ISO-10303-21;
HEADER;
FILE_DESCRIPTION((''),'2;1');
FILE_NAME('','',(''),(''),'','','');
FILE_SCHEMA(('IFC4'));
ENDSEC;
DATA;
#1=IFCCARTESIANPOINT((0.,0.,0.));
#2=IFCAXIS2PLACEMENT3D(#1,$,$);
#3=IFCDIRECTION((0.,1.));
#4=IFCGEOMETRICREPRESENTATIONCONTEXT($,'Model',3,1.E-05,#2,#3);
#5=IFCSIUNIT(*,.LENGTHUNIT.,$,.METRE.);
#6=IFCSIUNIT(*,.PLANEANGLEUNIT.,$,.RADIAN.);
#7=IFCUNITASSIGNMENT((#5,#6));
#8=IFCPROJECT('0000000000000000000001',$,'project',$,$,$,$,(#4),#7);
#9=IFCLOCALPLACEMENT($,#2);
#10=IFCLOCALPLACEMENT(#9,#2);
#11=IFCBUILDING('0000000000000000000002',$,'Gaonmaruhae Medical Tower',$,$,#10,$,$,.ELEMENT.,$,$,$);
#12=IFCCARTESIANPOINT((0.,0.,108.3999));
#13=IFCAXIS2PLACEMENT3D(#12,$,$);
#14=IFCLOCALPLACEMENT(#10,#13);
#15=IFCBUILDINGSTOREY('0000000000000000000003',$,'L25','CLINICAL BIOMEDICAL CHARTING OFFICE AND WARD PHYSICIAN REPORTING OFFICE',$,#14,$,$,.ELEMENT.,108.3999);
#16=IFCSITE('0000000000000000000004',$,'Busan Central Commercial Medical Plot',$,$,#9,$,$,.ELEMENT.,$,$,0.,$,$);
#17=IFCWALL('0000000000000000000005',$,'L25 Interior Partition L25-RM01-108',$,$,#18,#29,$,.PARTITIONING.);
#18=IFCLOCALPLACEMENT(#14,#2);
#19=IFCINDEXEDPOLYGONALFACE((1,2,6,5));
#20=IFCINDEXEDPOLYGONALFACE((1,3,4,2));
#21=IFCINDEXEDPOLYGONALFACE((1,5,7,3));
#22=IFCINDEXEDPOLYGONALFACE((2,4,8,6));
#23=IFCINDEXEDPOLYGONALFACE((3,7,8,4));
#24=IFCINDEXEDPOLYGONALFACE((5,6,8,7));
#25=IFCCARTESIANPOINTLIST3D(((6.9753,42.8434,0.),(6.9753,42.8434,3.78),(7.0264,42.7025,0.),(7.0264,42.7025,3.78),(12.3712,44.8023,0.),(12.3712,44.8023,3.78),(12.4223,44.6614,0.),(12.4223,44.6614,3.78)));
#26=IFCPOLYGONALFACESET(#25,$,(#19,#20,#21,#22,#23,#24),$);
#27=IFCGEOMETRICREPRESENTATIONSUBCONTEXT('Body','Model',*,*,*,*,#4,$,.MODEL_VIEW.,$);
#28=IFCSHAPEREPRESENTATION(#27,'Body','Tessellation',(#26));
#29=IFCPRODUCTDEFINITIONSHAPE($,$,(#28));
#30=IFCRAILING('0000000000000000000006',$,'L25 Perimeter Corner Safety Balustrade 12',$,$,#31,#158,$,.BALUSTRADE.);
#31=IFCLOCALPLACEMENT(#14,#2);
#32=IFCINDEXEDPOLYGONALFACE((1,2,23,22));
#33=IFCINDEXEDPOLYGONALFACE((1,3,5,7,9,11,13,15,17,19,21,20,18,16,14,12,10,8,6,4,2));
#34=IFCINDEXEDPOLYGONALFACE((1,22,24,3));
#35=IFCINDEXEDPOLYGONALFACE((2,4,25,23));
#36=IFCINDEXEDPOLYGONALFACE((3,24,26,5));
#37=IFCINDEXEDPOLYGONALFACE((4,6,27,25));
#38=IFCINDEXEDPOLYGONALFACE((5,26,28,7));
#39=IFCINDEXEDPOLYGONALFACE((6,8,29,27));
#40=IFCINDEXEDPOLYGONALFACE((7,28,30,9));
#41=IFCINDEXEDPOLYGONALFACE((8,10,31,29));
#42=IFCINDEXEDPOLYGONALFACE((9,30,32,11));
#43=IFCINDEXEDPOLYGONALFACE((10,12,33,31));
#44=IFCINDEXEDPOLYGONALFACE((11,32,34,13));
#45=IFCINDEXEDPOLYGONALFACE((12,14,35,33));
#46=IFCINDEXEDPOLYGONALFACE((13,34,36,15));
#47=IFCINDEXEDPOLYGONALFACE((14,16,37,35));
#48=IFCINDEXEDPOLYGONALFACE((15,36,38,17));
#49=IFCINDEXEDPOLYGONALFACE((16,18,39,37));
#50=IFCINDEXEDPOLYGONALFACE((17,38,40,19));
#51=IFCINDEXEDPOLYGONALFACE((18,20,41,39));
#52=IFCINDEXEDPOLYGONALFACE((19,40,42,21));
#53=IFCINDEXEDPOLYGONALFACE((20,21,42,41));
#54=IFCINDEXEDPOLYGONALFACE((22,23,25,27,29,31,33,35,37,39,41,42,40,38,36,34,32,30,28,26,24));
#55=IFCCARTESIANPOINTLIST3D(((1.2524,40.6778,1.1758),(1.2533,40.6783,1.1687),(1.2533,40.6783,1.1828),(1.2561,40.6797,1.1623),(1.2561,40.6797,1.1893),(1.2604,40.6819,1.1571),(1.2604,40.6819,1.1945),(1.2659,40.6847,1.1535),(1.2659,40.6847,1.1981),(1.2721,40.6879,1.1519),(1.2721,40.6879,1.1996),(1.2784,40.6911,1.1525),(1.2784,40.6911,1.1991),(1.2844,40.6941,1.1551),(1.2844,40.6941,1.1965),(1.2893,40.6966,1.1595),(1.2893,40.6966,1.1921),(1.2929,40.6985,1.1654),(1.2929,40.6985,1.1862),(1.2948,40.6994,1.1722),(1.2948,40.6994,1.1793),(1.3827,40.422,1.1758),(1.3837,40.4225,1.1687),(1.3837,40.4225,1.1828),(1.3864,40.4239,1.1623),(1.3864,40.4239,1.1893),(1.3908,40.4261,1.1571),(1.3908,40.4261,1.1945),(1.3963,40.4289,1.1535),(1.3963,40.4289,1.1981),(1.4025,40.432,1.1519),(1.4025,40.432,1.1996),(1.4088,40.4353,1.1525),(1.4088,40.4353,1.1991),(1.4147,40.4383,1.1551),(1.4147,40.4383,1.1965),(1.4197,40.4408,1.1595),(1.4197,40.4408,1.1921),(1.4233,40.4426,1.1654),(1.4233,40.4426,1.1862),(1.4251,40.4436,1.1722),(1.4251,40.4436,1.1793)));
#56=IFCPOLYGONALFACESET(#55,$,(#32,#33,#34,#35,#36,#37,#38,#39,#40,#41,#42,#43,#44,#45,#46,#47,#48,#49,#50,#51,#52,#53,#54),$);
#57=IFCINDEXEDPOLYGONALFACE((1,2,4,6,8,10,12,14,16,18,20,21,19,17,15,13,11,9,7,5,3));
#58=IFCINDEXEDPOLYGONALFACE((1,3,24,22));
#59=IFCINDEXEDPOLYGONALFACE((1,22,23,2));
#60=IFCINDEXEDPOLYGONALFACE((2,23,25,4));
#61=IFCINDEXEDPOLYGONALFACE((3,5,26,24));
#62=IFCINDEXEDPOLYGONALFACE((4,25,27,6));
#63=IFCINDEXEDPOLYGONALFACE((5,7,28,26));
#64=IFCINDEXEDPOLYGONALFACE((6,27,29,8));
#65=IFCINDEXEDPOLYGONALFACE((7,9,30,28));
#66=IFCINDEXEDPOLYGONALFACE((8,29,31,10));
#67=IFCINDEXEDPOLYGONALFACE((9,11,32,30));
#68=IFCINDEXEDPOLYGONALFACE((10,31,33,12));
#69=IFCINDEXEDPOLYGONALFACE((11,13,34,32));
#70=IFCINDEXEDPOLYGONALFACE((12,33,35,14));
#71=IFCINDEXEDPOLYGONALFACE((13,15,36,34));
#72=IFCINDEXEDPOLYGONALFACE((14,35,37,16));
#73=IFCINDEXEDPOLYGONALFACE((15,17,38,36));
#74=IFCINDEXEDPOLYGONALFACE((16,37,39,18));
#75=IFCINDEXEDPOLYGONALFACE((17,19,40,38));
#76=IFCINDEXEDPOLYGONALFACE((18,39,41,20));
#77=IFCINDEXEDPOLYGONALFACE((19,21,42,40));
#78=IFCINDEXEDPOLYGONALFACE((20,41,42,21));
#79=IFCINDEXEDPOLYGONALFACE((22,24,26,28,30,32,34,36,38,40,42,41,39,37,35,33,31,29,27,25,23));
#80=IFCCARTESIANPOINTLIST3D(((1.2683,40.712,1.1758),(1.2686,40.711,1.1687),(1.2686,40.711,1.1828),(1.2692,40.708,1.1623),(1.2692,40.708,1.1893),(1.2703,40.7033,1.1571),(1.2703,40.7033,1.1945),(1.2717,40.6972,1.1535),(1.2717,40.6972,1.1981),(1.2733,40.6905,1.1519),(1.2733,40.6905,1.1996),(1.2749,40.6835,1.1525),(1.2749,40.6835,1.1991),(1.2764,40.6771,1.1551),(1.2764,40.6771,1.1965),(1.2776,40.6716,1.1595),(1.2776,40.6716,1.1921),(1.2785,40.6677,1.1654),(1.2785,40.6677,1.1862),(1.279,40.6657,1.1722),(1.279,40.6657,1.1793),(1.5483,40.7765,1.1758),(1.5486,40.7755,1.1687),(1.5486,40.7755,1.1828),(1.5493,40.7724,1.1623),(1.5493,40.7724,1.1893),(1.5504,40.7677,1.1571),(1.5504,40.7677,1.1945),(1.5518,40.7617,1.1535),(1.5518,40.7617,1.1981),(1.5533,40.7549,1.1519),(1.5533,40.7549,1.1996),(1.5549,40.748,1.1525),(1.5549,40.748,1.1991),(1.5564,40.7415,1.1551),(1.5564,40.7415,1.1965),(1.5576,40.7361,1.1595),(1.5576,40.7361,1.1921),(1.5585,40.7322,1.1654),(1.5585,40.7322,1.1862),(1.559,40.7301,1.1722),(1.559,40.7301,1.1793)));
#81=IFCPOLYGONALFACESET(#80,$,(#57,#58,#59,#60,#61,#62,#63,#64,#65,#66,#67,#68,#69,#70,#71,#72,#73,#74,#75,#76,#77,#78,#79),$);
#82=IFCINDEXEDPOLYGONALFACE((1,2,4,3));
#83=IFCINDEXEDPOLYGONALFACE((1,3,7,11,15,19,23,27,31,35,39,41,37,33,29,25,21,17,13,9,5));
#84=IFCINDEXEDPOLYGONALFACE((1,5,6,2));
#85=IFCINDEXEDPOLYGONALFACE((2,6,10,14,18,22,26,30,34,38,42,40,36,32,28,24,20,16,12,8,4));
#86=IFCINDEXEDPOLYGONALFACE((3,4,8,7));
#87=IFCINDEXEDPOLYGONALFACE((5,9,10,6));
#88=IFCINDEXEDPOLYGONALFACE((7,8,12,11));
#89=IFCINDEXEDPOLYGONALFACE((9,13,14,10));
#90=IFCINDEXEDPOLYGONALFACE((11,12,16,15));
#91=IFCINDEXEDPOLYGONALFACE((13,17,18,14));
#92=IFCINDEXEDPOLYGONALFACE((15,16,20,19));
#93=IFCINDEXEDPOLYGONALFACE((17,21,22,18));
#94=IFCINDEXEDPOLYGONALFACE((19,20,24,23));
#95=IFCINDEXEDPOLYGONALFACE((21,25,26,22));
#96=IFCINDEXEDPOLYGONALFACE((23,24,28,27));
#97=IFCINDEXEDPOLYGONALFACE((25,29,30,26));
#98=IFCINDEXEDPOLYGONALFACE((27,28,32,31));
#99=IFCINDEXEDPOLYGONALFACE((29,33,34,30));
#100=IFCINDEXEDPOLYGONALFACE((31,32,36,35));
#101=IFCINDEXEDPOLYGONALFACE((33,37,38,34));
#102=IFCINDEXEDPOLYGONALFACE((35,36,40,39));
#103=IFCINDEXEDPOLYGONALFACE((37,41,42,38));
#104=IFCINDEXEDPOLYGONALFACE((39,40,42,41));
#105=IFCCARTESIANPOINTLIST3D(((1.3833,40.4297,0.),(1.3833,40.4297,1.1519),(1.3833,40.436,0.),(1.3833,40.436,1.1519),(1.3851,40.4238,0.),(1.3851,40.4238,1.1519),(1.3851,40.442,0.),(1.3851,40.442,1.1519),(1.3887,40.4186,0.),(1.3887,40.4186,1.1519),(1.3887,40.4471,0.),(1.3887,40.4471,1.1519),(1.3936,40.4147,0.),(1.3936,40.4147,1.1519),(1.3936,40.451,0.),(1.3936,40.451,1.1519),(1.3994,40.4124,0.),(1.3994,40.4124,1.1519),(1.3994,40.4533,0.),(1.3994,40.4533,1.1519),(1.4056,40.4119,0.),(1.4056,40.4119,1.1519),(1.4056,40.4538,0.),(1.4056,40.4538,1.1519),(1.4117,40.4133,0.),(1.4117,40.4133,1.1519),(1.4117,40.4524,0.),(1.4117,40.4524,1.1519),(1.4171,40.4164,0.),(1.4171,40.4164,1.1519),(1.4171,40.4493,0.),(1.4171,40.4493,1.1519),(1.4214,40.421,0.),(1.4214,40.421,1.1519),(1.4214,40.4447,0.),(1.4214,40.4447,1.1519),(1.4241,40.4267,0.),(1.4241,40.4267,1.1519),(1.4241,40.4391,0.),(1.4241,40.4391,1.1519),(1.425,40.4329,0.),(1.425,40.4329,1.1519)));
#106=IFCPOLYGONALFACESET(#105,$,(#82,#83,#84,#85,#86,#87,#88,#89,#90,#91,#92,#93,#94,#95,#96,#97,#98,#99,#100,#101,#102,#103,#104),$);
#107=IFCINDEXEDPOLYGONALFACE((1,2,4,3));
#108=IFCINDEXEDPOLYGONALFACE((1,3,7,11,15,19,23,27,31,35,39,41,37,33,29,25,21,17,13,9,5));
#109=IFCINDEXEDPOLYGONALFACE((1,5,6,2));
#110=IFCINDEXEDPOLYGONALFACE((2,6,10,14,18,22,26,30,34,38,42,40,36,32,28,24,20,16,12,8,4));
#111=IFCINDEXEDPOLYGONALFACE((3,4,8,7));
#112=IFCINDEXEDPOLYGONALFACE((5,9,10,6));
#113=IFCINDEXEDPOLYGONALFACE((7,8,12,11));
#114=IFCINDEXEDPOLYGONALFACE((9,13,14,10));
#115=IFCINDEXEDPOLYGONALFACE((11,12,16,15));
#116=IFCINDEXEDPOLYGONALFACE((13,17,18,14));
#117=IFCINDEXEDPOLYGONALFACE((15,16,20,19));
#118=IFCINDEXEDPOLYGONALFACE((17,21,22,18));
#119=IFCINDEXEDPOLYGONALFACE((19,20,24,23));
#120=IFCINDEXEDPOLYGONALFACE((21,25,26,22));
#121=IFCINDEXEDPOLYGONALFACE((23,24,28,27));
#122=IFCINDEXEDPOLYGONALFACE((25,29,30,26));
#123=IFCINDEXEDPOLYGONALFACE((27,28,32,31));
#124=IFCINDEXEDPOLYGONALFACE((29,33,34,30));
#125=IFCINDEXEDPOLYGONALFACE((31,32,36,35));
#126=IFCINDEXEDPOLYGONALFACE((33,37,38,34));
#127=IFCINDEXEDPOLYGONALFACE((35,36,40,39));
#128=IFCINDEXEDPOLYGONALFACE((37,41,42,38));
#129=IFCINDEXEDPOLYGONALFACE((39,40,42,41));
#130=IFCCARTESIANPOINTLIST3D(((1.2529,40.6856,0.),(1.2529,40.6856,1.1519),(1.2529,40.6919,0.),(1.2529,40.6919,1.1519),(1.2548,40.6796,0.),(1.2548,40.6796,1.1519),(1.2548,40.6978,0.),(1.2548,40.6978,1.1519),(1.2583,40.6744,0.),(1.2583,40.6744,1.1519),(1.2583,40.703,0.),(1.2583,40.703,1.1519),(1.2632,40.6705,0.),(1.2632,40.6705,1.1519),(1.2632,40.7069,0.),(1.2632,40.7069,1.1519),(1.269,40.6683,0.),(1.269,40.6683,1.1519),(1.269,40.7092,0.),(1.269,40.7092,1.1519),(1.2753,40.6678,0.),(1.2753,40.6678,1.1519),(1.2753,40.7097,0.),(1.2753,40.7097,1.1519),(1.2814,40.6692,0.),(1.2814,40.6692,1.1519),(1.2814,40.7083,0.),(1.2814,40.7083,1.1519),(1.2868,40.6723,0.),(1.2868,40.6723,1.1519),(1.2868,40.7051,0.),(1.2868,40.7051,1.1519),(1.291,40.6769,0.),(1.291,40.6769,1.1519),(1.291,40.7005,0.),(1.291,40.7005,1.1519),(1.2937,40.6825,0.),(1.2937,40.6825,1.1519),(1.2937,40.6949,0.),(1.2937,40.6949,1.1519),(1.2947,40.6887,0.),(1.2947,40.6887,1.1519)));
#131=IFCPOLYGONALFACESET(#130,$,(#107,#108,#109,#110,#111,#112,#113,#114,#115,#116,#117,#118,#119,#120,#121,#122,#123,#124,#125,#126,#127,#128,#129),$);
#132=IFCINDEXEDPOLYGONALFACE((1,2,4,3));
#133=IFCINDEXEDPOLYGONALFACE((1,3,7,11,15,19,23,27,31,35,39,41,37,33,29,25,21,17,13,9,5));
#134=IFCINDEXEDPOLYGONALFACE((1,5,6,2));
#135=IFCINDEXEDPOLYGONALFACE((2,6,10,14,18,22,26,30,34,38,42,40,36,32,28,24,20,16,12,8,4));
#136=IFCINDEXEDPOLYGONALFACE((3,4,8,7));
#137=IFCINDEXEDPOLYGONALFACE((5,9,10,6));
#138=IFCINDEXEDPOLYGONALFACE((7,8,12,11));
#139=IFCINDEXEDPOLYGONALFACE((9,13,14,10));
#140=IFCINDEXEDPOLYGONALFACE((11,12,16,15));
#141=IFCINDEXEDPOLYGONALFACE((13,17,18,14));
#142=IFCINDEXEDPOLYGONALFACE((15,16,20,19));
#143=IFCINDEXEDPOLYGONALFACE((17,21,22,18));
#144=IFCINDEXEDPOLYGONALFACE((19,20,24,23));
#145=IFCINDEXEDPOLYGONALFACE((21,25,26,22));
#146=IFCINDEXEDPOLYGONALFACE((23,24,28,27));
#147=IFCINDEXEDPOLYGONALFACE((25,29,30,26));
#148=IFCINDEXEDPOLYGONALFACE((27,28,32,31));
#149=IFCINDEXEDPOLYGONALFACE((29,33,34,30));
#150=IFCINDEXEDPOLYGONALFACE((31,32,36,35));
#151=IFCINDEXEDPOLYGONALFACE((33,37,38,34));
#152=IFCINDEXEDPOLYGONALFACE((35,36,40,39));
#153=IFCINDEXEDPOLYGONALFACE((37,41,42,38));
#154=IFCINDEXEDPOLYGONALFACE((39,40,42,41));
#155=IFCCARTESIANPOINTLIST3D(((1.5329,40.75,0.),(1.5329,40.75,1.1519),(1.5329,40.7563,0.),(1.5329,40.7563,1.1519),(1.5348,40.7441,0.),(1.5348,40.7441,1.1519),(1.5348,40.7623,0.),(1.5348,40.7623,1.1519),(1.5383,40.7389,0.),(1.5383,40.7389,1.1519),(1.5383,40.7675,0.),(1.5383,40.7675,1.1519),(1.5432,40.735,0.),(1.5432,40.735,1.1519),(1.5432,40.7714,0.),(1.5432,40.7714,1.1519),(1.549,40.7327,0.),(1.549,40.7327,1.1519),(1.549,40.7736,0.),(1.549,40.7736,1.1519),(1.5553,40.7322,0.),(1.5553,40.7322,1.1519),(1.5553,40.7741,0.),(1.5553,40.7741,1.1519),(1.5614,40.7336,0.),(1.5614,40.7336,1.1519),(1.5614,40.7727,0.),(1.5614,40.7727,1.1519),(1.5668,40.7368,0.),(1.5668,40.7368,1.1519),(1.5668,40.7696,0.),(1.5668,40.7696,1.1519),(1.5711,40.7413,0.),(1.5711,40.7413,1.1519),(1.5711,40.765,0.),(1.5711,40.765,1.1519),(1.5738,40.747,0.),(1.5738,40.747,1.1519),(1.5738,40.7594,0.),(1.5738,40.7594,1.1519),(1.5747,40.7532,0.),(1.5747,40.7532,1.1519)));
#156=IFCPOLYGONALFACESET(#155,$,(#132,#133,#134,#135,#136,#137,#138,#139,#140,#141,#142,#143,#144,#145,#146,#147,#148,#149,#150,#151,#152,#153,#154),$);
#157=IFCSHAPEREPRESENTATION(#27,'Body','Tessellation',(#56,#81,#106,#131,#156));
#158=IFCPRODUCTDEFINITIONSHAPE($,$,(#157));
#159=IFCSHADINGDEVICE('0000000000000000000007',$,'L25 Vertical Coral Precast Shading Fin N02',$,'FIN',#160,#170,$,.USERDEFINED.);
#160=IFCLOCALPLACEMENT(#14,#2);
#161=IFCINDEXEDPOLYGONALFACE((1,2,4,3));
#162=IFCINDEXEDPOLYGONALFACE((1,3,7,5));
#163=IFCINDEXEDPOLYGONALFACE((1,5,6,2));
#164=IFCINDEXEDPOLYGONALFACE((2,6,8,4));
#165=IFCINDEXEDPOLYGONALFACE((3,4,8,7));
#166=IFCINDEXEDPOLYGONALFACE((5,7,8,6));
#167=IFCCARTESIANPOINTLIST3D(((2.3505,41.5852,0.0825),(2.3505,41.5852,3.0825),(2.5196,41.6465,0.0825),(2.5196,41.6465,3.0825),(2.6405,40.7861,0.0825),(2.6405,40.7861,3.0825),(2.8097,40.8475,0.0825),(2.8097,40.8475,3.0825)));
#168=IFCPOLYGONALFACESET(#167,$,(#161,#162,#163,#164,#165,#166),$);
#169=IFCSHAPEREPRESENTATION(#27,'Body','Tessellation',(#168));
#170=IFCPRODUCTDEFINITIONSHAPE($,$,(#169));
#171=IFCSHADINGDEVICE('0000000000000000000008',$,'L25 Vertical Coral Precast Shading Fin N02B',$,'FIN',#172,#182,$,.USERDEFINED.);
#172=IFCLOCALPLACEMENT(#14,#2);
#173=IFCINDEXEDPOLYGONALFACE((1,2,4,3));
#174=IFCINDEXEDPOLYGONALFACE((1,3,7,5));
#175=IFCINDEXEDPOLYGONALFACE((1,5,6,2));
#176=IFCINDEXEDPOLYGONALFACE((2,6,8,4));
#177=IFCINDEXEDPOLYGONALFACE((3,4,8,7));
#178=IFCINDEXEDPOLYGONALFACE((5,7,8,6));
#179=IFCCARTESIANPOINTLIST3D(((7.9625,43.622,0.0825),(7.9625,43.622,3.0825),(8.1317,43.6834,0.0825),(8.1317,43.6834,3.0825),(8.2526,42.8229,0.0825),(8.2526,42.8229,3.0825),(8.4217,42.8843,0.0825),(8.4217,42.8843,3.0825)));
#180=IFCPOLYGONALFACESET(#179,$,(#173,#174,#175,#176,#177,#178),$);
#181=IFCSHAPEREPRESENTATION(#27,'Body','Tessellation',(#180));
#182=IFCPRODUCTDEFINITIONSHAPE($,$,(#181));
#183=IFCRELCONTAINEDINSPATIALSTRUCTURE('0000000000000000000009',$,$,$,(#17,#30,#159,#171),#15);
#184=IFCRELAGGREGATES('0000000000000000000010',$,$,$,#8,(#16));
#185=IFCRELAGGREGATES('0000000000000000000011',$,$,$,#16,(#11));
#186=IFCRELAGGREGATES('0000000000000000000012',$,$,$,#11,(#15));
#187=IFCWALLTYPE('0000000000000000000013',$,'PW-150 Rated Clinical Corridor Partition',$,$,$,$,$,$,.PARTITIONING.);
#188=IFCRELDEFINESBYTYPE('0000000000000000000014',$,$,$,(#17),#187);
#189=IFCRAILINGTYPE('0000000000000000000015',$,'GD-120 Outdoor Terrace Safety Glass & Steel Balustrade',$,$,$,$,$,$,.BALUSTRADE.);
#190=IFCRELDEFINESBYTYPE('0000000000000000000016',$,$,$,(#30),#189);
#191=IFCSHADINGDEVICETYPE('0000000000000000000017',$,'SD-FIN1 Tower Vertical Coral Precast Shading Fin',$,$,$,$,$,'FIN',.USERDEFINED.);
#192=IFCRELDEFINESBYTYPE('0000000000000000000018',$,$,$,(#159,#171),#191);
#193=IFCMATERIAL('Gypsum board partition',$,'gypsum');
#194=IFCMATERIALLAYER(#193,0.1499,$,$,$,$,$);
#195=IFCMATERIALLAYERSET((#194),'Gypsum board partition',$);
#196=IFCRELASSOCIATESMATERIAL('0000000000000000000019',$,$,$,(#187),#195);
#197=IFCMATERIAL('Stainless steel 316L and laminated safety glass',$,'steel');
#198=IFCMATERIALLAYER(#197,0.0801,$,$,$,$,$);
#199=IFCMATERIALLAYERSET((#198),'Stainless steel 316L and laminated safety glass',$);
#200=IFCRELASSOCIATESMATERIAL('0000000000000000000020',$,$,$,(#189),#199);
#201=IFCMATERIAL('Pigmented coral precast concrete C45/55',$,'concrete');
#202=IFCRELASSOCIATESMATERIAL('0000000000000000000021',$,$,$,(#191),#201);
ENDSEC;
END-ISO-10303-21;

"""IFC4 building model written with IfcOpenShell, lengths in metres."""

from ifc_helpers import new_model, si_unit, direction, frame, frame_2d, origin, origin_2d, place, context, subcontext, project, spatial, rectangle, circle, extrude, material, layer, layer_set, type_object, element, save


model = new_model("IFC4")

# Units and contexts
model_context = context("Model", 3, precision=1e-05, world=origin(), true_north=direction((0.0, 1.0)))
body_context = subcontext(model_context, "Body", "Model", "MODEL_VIEW")
ifc_project = project(units=[si_unit("LENGTHUNIT", "METRE"), si_unit("PLANEANGLEUNIT", "RADIAN")], contexts=[model_context])

# Site, building, storey
site_placement = place(None, origin())
site = spatial("IfcSite", under=ifc_project, at=site_placement, Name="Busan Central Commercial Medical Plot", CompositionType="ELEMENT", RefElevation=0.0)
building_placement = place(site_placement, origin())
building = spatial("IfcBuilding", under=site, at=building_placement, Name="Gaonmaruhae Medical Tower", CompositionType="ELEMENT")
storey_placement = place(building_placement, frame((0.0, 0.0, 108.3999)))
storey = spatial("IfcBuildingStorey", under=building, at=storey_placement, Name="L25", Description="CLINICAL BIOMEDICAL CHARTING OFFICE AND WARD PHYSICIAN REPORTING OFFICE", CompositionType="ELEMENT", Elevation=108.3999)

# Shared definitions
ifc_material_1 = material(Name="Gypsum board partition", Category="gypsum")
ifc_layer_1 = layer(ifc_material_1, 0.1499)
ifc_layer_set_1 = layer_set([ifc_layer_1], Name="Gypsum board partition")
wall_type_1 = type_object("IfcWallType", Name="PW-150 Rated Clinical Corridor Partition", PredefinedType="PARTITIONING", material=ifc_layer_set_1)

# Wall
wall_1_placement = place(storey_placement, frame((7.001, 42.7729, 0.0), z_axis=(0.0, 0.0, 1.0), x_axis=(0.939972, 0.341251, 0.0)))
element("IfcWall", 1, at=wall_1_placement, inside=storey, type_object=wall_type_1, Name="L25 Interior Partition L25-RM01-108", PredefinedType="PARTITIONING", context=body_context, shape_type="SweptSolid", body=[
    extrude(rectangle(XDim=5.7405, YDim=0.1499, at=frame_2d((2.8701, 0.0))), origin(), (0.0, 0.0, 1.0), 3.78),
])

# Railing
ifc_material_2 = material(Name="Stainless steel 316L and laminated safety glass", Category="steel")
ifc_layer_2 = layer(ifc_material_2, 0.0801)
ifc_layer_set_2 = layer_set([ifc_layer_2], Name="Stainless steel 316L and laminated safety glass")
railing_type = type_object("IfcRailingType", Name="GD-120 Outdoor Terrace Safety Glass & Steel Balustrade", PredefinedType="BALUSTRADE", material=ifc_layer_set_2)
railing_placement = place(storey_placement, frame((1.4041, 40.4329, 0.0)))
element("IfcRailing", 2, at=railing_placement, inside=storey, type_object=railing_type, Name="L25 Perimeter Corner Safety Balustrade 12", PredefinedType="BALUSTRADE", context=body_context, shape_type="SweptSolid", body=[
    extrude(circle(Radius=0.0239, at=origin_2d()), frame((0.0, 0.0, 1.1758), z_axis=(-0.454002, 0.891001, 0.0), x_axis=(-0.891001, -0.454002, 0.0)), (0.0, 0.0, 1.0), 0.2871),
    extrude(circle(Radius=0.0239, at=origin_2d()), frame((-0.1304, 0.2559, 1.1758), z_axis=(0.97452, 0.224301, 0.0), x_axis=(-0.224301, 0.97452, 0.0)), (0.0, 0.0, 1.0), 0.2874),
    extrude(circle(Radius=0.021, at=origin_2d()), origin(), (0.0, 0.0, 1.0), 1.1519),
    extrude(circle(Radius=0.021, at=origin_2d()), frame((-0.1304, 0.2559, 0.0)), (0.0, 0.0, 1.0), 1.1519),
    extrude(circle(Radius=0.021, at=origin_2d()), frame((0.1497, 0.3203, 0.0)), (0.0, 0.0, 1.0), 1.1519),
])

# Shading devices
ifc_material_3 = material(Name="Pigmented coral precast concrete C45/55", Category="concrete")
shading_device_type = type_object("IfcShadingDeviceType", Name="SD-FIN1 Tower Vertical Coral Precast Shading Fin", ElementType="FIN", PredefinedType="USERDEFINED", material=ifc_material_3)
for number, where, z_axis, x_axis, name in (
    (3, (2.5801, 41.2163, 0.0825), (0.0, 0.0, 1.0), (0.939991, 0.3412, 0.0), "L25 Vertical Coral Precast Shading Fin N02"),
    (4, (8.1921, 43.2532, 0.0825), (0.0, 0.0, 1.0), (0.939991, 0.3412, 0.0), "L25 Vertical Coral Precast Shading Fin N02B"),
):
    element("IfcShadingDevice", number, at=place(storey_placement, frame(where, z_axis=z_axis, x_axis=x_axis)), inside=storey, type_object=shading_device_type, Name=name, ObjectType="FIN", PredefinedType="USERDEFINED", context=body_context, shape_type="SweptSolid", body=[
        extrude(rectangle(XDim=0.1799, YDim=0.8501, at=origin_2d()), origin(), (0.0, 0.0, 1.0), 3.0),
    ])

save(model, "model.ifc")
